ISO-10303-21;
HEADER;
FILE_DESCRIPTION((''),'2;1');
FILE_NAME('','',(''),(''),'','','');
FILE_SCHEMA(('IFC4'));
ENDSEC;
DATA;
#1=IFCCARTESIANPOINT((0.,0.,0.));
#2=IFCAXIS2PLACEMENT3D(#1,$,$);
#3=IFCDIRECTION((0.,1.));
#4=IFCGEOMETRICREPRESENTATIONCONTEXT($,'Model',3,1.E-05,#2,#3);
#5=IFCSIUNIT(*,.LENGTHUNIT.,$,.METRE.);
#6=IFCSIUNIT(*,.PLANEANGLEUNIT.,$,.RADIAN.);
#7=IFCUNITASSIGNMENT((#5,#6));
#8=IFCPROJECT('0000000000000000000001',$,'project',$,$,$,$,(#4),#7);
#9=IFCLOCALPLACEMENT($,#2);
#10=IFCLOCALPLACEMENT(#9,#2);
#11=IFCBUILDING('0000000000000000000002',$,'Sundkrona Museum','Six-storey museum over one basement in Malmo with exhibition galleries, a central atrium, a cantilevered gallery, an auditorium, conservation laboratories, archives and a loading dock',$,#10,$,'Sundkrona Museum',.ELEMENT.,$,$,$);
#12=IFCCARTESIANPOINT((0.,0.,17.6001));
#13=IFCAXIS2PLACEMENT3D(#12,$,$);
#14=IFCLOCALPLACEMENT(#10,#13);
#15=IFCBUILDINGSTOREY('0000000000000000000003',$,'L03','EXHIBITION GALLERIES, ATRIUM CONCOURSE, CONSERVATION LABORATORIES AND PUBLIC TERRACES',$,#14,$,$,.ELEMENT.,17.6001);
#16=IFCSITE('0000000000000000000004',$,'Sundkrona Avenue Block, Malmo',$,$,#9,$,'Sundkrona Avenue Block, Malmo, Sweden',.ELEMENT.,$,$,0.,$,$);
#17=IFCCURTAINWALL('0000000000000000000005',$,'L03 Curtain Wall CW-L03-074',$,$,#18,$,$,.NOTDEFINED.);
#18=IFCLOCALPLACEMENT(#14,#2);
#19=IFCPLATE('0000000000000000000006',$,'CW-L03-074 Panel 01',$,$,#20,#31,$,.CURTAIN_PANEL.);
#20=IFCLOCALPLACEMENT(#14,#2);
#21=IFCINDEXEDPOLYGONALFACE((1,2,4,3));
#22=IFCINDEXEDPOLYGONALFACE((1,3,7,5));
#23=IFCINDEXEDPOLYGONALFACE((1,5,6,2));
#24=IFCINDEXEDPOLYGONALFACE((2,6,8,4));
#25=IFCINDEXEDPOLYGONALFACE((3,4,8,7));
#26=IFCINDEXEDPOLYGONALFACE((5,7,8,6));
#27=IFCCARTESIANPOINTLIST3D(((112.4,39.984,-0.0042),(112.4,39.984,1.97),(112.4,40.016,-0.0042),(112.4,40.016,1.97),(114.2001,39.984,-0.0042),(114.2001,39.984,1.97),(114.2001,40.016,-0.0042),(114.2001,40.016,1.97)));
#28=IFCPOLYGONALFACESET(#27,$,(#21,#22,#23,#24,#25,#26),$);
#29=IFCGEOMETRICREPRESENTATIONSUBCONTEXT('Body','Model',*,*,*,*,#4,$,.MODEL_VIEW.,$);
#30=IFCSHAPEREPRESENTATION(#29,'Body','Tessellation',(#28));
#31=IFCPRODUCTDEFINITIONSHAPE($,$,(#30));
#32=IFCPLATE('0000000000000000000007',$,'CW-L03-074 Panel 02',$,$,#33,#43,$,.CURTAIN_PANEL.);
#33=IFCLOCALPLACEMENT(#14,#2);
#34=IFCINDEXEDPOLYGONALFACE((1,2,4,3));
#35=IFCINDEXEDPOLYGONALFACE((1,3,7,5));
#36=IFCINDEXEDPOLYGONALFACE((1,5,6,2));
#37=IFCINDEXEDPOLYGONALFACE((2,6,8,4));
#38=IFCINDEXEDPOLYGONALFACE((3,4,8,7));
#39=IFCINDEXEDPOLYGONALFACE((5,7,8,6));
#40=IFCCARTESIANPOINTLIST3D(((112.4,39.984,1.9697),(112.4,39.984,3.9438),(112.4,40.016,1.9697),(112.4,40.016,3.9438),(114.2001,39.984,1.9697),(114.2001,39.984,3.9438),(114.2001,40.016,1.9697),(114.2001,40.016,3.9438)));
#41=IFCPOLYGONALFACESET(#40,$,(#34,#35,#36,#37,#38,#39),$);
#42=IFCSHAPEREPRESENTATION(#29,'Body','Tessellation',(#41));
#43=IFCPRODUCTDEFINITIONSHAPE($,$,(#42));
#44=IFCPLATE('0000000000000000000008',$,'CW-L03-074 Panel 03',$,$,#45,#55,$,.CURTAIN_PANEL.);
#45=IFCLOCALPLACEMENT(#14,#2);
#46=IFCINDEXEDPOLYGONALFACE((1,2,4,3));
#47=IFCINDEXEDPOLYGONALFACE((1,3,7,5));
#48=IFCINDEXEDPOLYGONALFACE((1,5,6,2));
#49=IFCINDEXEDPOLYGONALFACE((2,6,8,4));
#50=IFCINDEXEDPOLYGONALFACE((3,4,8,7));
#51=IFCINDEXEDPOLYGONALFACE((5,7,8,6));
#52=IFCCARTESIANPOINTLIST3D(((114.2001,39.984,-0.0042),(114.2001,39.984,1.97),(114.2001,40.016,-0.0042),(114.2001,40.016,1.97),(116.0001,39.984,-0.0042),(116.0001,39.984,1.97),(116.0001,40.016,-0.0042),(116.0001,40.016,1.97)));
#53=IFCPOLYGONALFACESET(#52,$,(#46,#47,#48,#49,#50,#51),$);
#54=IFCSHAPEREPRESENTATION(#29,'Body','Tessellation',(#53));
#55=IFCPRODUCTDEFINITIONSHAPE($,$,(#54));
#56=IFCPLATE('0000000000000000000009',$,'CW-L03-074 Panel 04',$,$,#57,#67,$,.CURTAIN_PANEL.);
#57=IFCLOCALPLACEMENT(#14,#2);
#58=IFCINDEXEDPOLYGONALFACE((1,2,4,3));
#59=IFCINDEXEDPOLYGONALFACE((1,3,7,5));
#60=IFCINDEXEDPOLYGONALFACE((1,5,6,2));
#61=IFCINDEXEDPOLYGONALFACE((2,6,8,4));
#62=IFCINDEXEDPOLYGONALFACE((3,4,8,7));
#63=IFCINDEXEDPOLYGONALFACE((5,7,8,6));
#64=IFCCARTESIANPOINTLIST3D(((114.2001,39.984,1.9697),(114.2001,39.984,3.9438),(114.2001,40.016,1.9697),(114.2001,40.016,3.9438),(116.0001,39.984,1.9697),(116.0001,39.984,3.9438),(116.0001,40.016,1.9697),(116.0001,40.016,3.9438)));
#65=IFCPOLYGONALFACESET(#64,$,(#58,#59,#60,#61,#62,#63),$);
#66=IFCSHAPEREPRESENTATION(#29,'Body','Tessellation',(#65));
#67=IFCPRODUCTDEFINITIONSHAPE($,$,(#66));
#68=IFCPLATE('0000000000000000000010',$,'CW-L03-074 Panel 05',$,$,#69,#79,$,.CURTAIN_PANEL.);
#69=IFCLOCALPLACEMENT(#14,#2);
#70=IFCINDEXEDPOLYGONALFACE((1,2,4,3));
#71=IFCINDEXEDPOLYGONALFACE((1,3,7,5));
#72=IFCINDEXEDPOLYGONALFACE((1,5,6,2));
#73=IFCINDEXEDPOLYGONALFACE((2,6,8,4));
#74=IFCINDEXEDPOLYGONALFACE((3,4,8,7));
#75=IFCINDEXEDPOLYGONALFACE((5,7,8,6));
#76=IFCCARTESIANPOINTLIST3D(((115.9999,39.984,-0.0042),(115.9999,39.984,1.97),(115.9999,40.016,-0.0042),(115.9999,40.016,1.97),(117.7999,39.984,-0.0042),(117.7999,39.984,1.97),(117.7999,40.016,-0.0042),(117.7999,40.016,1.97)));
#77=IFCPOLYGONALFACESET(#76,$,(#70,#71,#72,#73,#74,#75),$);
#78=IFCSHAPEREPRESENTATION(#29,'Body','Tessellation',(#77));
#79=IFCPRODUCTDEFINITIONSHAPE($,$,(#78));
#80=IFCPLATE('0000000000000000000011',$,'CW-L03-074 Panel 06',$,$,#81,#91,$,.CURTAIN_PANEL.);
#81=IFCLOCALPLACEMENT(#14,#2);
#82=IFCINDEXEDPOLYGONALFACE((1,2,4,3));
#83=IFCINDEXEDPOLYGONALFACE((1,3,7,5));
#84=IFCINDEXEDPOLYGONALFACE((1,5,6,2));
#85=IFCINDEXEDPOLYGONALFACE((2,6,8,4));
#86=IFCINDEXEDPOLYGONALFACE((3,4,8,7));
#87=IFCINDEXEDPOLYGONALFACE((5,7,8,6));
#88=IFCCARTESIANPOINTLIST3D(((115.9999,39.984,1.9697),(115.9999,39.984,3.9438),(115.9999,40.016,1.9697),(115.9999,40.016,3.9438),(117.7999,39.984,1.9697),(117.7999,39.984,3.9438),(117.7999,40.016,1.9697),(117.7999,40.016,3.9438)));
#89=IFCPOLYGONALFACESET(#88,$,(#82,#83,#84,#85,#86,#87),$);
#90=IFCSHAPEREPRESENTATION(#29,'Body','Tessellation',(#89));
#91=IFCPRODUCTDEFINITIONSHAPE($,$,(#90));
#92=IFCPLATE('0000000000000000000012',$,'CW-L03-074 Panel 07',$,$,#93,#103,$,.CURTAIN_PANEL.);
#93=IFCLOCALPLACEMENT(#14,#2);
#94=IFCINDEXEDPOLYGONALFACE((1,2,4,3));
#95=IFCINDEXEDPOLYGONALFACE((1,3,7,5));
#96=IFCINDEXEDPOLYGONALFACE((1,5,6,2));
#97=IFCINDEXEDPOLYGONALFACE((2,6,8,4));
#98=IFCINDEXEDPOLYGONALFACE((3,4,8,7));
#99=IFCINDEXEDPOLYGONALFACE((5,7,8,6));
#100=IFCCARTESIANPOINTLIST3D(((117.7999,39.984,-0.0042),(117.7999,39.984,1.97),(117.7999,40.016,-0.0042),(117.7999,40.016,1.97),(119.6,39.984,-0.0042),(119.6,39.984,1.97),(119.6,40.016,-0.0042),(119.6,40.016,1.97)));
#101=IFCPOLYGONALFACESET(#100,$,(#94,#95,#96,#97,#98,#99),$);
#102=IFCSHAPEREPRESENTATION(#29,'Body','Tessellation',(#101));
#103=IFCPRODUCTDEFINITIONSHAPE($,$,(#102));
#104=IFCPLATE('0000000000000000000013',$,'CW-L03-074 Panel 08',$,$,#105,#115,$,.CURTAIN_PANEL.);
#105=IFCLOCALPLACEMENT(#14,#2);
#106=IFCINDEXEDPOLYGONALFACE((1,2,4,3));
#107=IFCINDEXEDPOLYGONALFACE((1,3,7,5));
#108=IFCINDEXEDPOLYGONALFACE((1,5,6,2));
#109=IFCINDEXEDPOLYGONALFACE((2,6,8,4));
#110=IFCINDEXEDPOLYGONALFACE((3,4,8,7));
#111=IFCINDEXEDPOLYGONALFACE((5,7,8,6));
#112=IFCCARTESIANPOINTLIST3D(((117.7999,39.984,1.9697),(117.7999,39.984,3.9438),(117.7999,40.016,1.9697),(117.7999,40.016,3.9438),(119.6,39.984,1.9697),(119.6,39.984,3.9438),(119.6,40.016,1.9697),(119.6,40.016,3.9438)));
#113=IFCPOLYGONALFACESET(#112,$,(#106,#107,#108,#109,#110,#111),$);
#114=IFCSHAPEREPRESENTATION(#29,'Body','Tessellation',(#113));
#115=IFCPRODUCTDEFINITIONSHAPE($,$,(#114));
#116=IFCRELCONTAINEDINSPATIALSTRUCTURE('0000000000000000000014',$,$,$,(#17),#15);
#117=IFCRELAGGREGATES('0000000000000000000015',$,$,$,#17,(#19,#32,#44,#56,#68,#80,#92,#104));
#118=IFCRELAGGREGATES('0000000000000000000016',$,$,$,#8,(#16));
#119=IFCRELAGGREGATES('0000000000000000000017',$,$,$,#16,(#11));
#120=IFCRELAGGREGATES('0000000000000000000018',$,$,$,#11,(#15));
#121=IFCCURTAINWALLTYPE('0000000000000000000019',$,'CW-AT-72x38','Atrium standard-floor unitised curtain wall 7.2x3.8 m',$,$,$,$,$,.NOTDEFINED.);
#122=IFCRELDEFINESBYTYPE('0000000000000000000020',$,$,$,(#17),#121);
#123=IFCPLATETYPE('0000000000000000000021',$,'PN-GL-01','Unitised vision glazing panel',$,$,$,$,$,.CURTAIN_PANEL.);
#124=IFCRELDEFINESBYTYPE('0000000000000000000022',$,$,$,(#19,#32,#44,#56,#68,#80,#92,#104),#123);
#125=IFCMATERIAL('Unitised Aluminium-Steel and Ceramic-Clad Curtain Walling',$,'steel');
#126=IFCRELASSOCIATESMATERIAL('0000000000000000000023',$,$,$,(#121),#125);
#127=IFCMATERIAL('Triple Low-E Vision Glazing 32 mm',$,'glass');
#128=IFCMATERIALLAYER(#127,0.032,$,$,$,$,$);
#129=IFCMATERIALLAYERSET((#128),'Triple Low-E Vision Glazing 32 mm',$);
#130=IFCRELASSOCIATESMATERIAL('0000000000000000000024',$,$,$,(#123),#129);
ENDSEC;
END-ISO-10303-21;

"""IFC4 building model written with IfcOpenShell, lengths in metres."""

from ifc_helpers import new_model, si_unit, direction, frame, origin, origin_2d, place, context, subcontext, project, spatial, rectangle, extrude, material, layer, layer_set, type_object, element, aggregate, save


model = new_model("IFC4")

# Units and contexts
model_context = context("Model", 3, precision=1e-05, world=origin(), true_north=direction((0.0, 1.0)))
body_context = subcontext(model_context, "Body", "Model", "MODEL_VIEW")
ifc_project = project(units=[si_unit("LENGTHUNIT", "METRE"), si_unit("PLANEANGLEUNIT", "RADIAN")], contexts=[model_context])

# Site, building, storey
site_placement = place(None, origin())
site = spatial("IfcSite", under=ifc_project, at=site_placement, Name="Sundkrona Avenue Block, Malmo", LongName="Sundkrona Avenue Block, Malmo, Sweden", CompositionType="ELEMENT", RefElevation=0.0)
building_placement = place(site_placement, origin())
building = spatial("IfcBuilding", under=site, at=building_placement, Name="Sundkrona Museum", Description="Six-storey museum over one basement in Malmo with exhibition galleries, a central atrium, a cantilevered gallery, an auditorium, conservation laboratories, archives and a loading dock", LongName="Sundkrona Museum", CompositionType="ELEMENT")
storey_placement = place(building_placement, frame((0.0, 0.0, 17.6001)))
storey = spatial("IfcBuildingStorey", under=building, at=storey_placement, Name="L03", Description="EXHIBITION GALLERIES, ATRIUM CONCOURSE, CONSERVATION LABORATORIES AND PUBLIC TERRACES", CompositionType="ELEMENT", Elevation=17.6001)

# Curtain wall
ifc_material_1 = material(Name="Unitised Aluminium-Steel and Ceramic-Clad Curtain Walling", Category="steel")
curtain_wall_type = type_object("IfcCurtainWallType", Name="CW-AT-72x38", Description="Atrium standard-floor unitised curtain wall 7.2x3.8 m", PredefinedType="NOTDEFINED", material=ifc_material_1)
curtain_wall_placement = place(storey_placement, origin())
curtain_wall = element("IfcCurtainWall", 1, at=curtain_wall_placement, inside=storey, type_object=curtain_wall_type, Name="L03 Curtain Wall CW-L03-074", PredefinedType="NOTDEFINED")

# Plates
ifc_material_2 = material(Name="Triple Low-E Vision Glazing 32 mm", Category="glass")
ifc_layer = layer(ifc_material_2, 0.032)
ifc_layer_set = layer_set([ifc_layer], Name="Triple Low-E Vision Glazing 32 mm")
plate_type = type_object("IfcPlateType", Name="PN-GL-01", Description="Unitised vision glazing panel", PredefinedType="CURTAIN_PANEL", material=ifc_layer_set)
plate_1_placement = place(storey_placement, frame((113.3, 40.0, -0.0042), z_axis=(0.0, 0.0, 1.0), x_axis=(1.0, 0.0, 0.0)))
plate_1 = element("IfcPlate", 2, at=plate_1_placement, type_object=plate_type, Name="CW-L03-074 Panel 01", PredefinedType="CURTAIN_PANEL", context=body_context, shape_type="SweptSolid", body=[
    extrude(rectangle(XDim=1.8, YDim=0.032, at=origin_2d()), origin(), (0.0, 0.0, 1.0), 1.9741),
])
plate_2_placement = place(storey_placement, frame((113.3, 40.0, 1.9697), z_axis=(0.0, 0.0, 1.0), x_axis=(1.0, 0.0, 0.0)))
plate_2 = element("IfcPlate", 3, at=plate_2_placement, type_object=plate_type, Name="CW-L03-074 Panel 02", PredefinedType="CURTAIN_PANEL", context=body_context, shape_type="SweptSolid", body=[
    extrude(rectangle(XDim=1.8, YDim=0.032, at=origin_2d()), origin(), (0.0, 0.0, 1.0), 1.9741),
])
plate_3_placement = place(storey_placement, frame((115.1001, 40.0, -0.0042), z_axis=(0.0, 0.0, 1.0), x_axis=(1.0, 0.0, 0.0)))
plate_3 = element("IfcPlate", 4, at=plate_3_placement, type_object=plate_type, Name="CW-L03-074 Panel 03", PredefinedType="CURTAIN_PANEL", context=body_context, shape_type="SweptSolid", body=[
    extrude(rectangle(XDim=1.8, YDim=0.032, at=origin_2d()), origin(), (0.0, 0.0, 1.0), 1.9741),
])
plate_4_placement = place(storey_placement, frame((115.1001, 40.0, 1.9697), z_axis=(0.0, 0.0, 1.0), x_axis=(1.0, 0.0, 0.0)))
plate_4 = element("IfcPlate", 5, at=plate_4_placement, type_object=plate_type, Name="CW-L03-074 Panel 04", PredefinedType="CURTAIN_PANEL", context=body_context, shape_type="SweptSolid", body=[
    extrude(rectangle(XDim=1.8, YDim=0.032, at=origin_2d()), origin(), (0.0, 0.0, 1.0), 1.9741),
])
plate_5_placement = place(storey_placement, frame((116.8999, 40.0, -0.0042), z_axis=(0.0, 0.0, 1.0), x_axis=(1.0, 0.0, 0.0)))
plate_5 = element("IfcPlate", 6, at=plate_5_placement, type_object=plate_type, Name="CW-L03-074 Panel 05", PredefinedType="CURTAIN_PANEL", context=body_context, shape_type="SweptSolid", body=[
    extrude(rectangle(XDim=1.8, YDim=0.032, at=origin_2d()), origin(), (0.0, 0.0, 1.0), 1.9741),
])
plate_6_placement = place(storey_placement, frame((116.8999, 40.0, 1.9697), z_axis=(0.0, 0.0, 1.0), x_axis=(1.0, 0.0, 0.0)))
plate_6 = element("IfcPlate", 7, at=plate_6_placement, type_object=plate_type, Name="CW-L03-074 Panel 06", PredefinedType="CURTAIN_PANEL", context=body_context, shape_type="SweptSolid", body=[
    extrude(rectangle(XDim=1.8, YDim=0.032, at=origin_2d()), origin(), (0.0, 0.0, 1.0), 1.9741),
])
plate_7_placement = place(storey_placement, frame((118.7, 40.0, -0.0042), z_axis=(0.0, 0.0, 1.0), x_axis=(1.0, 0.0, 0.0)))
plate_7 = element("IfcPlate", 8, at=plate_7_placement, type_object=plate_type, Name="CW-L03-074 Panel 07", PredefinedType="CURTAIN_PANEL", context=body_context, shape_type="SweptSolid", body=[
    extrude(rectangle(XDim=1.8, YDim=0.032, at=origin_2d()), origin(), (0.0, 0.0, 1.0), 1.9741),
])
plate_8_placement = place(storey_placement, frame((118.7, 40.0, 1.9697), z_axis=(0.0, 0.0, 1.0), x_axis=(1.0, 0.0, 0.0)))
plate_8 = element("IfcPlate", 9, at=plate_8_placement, type_object=plate_type, Name="CW-L03-074 Panel 08", PredefinedType="CURTAIN_PANEL", context=body_context, shape_type="SweptSolid", body=[
    extrude(rectangle(XDim=1.8, YDim=0.032, at=origin_2d()), origin(), (0.0, 0.0, 1.0), 1.9741),
])
aggregate(curtain_wall, [plate_1, plate_2, plate_3, plate_4, plate_5, plate_6, plate_7, plate_8])

save(model, "model.ifc")
